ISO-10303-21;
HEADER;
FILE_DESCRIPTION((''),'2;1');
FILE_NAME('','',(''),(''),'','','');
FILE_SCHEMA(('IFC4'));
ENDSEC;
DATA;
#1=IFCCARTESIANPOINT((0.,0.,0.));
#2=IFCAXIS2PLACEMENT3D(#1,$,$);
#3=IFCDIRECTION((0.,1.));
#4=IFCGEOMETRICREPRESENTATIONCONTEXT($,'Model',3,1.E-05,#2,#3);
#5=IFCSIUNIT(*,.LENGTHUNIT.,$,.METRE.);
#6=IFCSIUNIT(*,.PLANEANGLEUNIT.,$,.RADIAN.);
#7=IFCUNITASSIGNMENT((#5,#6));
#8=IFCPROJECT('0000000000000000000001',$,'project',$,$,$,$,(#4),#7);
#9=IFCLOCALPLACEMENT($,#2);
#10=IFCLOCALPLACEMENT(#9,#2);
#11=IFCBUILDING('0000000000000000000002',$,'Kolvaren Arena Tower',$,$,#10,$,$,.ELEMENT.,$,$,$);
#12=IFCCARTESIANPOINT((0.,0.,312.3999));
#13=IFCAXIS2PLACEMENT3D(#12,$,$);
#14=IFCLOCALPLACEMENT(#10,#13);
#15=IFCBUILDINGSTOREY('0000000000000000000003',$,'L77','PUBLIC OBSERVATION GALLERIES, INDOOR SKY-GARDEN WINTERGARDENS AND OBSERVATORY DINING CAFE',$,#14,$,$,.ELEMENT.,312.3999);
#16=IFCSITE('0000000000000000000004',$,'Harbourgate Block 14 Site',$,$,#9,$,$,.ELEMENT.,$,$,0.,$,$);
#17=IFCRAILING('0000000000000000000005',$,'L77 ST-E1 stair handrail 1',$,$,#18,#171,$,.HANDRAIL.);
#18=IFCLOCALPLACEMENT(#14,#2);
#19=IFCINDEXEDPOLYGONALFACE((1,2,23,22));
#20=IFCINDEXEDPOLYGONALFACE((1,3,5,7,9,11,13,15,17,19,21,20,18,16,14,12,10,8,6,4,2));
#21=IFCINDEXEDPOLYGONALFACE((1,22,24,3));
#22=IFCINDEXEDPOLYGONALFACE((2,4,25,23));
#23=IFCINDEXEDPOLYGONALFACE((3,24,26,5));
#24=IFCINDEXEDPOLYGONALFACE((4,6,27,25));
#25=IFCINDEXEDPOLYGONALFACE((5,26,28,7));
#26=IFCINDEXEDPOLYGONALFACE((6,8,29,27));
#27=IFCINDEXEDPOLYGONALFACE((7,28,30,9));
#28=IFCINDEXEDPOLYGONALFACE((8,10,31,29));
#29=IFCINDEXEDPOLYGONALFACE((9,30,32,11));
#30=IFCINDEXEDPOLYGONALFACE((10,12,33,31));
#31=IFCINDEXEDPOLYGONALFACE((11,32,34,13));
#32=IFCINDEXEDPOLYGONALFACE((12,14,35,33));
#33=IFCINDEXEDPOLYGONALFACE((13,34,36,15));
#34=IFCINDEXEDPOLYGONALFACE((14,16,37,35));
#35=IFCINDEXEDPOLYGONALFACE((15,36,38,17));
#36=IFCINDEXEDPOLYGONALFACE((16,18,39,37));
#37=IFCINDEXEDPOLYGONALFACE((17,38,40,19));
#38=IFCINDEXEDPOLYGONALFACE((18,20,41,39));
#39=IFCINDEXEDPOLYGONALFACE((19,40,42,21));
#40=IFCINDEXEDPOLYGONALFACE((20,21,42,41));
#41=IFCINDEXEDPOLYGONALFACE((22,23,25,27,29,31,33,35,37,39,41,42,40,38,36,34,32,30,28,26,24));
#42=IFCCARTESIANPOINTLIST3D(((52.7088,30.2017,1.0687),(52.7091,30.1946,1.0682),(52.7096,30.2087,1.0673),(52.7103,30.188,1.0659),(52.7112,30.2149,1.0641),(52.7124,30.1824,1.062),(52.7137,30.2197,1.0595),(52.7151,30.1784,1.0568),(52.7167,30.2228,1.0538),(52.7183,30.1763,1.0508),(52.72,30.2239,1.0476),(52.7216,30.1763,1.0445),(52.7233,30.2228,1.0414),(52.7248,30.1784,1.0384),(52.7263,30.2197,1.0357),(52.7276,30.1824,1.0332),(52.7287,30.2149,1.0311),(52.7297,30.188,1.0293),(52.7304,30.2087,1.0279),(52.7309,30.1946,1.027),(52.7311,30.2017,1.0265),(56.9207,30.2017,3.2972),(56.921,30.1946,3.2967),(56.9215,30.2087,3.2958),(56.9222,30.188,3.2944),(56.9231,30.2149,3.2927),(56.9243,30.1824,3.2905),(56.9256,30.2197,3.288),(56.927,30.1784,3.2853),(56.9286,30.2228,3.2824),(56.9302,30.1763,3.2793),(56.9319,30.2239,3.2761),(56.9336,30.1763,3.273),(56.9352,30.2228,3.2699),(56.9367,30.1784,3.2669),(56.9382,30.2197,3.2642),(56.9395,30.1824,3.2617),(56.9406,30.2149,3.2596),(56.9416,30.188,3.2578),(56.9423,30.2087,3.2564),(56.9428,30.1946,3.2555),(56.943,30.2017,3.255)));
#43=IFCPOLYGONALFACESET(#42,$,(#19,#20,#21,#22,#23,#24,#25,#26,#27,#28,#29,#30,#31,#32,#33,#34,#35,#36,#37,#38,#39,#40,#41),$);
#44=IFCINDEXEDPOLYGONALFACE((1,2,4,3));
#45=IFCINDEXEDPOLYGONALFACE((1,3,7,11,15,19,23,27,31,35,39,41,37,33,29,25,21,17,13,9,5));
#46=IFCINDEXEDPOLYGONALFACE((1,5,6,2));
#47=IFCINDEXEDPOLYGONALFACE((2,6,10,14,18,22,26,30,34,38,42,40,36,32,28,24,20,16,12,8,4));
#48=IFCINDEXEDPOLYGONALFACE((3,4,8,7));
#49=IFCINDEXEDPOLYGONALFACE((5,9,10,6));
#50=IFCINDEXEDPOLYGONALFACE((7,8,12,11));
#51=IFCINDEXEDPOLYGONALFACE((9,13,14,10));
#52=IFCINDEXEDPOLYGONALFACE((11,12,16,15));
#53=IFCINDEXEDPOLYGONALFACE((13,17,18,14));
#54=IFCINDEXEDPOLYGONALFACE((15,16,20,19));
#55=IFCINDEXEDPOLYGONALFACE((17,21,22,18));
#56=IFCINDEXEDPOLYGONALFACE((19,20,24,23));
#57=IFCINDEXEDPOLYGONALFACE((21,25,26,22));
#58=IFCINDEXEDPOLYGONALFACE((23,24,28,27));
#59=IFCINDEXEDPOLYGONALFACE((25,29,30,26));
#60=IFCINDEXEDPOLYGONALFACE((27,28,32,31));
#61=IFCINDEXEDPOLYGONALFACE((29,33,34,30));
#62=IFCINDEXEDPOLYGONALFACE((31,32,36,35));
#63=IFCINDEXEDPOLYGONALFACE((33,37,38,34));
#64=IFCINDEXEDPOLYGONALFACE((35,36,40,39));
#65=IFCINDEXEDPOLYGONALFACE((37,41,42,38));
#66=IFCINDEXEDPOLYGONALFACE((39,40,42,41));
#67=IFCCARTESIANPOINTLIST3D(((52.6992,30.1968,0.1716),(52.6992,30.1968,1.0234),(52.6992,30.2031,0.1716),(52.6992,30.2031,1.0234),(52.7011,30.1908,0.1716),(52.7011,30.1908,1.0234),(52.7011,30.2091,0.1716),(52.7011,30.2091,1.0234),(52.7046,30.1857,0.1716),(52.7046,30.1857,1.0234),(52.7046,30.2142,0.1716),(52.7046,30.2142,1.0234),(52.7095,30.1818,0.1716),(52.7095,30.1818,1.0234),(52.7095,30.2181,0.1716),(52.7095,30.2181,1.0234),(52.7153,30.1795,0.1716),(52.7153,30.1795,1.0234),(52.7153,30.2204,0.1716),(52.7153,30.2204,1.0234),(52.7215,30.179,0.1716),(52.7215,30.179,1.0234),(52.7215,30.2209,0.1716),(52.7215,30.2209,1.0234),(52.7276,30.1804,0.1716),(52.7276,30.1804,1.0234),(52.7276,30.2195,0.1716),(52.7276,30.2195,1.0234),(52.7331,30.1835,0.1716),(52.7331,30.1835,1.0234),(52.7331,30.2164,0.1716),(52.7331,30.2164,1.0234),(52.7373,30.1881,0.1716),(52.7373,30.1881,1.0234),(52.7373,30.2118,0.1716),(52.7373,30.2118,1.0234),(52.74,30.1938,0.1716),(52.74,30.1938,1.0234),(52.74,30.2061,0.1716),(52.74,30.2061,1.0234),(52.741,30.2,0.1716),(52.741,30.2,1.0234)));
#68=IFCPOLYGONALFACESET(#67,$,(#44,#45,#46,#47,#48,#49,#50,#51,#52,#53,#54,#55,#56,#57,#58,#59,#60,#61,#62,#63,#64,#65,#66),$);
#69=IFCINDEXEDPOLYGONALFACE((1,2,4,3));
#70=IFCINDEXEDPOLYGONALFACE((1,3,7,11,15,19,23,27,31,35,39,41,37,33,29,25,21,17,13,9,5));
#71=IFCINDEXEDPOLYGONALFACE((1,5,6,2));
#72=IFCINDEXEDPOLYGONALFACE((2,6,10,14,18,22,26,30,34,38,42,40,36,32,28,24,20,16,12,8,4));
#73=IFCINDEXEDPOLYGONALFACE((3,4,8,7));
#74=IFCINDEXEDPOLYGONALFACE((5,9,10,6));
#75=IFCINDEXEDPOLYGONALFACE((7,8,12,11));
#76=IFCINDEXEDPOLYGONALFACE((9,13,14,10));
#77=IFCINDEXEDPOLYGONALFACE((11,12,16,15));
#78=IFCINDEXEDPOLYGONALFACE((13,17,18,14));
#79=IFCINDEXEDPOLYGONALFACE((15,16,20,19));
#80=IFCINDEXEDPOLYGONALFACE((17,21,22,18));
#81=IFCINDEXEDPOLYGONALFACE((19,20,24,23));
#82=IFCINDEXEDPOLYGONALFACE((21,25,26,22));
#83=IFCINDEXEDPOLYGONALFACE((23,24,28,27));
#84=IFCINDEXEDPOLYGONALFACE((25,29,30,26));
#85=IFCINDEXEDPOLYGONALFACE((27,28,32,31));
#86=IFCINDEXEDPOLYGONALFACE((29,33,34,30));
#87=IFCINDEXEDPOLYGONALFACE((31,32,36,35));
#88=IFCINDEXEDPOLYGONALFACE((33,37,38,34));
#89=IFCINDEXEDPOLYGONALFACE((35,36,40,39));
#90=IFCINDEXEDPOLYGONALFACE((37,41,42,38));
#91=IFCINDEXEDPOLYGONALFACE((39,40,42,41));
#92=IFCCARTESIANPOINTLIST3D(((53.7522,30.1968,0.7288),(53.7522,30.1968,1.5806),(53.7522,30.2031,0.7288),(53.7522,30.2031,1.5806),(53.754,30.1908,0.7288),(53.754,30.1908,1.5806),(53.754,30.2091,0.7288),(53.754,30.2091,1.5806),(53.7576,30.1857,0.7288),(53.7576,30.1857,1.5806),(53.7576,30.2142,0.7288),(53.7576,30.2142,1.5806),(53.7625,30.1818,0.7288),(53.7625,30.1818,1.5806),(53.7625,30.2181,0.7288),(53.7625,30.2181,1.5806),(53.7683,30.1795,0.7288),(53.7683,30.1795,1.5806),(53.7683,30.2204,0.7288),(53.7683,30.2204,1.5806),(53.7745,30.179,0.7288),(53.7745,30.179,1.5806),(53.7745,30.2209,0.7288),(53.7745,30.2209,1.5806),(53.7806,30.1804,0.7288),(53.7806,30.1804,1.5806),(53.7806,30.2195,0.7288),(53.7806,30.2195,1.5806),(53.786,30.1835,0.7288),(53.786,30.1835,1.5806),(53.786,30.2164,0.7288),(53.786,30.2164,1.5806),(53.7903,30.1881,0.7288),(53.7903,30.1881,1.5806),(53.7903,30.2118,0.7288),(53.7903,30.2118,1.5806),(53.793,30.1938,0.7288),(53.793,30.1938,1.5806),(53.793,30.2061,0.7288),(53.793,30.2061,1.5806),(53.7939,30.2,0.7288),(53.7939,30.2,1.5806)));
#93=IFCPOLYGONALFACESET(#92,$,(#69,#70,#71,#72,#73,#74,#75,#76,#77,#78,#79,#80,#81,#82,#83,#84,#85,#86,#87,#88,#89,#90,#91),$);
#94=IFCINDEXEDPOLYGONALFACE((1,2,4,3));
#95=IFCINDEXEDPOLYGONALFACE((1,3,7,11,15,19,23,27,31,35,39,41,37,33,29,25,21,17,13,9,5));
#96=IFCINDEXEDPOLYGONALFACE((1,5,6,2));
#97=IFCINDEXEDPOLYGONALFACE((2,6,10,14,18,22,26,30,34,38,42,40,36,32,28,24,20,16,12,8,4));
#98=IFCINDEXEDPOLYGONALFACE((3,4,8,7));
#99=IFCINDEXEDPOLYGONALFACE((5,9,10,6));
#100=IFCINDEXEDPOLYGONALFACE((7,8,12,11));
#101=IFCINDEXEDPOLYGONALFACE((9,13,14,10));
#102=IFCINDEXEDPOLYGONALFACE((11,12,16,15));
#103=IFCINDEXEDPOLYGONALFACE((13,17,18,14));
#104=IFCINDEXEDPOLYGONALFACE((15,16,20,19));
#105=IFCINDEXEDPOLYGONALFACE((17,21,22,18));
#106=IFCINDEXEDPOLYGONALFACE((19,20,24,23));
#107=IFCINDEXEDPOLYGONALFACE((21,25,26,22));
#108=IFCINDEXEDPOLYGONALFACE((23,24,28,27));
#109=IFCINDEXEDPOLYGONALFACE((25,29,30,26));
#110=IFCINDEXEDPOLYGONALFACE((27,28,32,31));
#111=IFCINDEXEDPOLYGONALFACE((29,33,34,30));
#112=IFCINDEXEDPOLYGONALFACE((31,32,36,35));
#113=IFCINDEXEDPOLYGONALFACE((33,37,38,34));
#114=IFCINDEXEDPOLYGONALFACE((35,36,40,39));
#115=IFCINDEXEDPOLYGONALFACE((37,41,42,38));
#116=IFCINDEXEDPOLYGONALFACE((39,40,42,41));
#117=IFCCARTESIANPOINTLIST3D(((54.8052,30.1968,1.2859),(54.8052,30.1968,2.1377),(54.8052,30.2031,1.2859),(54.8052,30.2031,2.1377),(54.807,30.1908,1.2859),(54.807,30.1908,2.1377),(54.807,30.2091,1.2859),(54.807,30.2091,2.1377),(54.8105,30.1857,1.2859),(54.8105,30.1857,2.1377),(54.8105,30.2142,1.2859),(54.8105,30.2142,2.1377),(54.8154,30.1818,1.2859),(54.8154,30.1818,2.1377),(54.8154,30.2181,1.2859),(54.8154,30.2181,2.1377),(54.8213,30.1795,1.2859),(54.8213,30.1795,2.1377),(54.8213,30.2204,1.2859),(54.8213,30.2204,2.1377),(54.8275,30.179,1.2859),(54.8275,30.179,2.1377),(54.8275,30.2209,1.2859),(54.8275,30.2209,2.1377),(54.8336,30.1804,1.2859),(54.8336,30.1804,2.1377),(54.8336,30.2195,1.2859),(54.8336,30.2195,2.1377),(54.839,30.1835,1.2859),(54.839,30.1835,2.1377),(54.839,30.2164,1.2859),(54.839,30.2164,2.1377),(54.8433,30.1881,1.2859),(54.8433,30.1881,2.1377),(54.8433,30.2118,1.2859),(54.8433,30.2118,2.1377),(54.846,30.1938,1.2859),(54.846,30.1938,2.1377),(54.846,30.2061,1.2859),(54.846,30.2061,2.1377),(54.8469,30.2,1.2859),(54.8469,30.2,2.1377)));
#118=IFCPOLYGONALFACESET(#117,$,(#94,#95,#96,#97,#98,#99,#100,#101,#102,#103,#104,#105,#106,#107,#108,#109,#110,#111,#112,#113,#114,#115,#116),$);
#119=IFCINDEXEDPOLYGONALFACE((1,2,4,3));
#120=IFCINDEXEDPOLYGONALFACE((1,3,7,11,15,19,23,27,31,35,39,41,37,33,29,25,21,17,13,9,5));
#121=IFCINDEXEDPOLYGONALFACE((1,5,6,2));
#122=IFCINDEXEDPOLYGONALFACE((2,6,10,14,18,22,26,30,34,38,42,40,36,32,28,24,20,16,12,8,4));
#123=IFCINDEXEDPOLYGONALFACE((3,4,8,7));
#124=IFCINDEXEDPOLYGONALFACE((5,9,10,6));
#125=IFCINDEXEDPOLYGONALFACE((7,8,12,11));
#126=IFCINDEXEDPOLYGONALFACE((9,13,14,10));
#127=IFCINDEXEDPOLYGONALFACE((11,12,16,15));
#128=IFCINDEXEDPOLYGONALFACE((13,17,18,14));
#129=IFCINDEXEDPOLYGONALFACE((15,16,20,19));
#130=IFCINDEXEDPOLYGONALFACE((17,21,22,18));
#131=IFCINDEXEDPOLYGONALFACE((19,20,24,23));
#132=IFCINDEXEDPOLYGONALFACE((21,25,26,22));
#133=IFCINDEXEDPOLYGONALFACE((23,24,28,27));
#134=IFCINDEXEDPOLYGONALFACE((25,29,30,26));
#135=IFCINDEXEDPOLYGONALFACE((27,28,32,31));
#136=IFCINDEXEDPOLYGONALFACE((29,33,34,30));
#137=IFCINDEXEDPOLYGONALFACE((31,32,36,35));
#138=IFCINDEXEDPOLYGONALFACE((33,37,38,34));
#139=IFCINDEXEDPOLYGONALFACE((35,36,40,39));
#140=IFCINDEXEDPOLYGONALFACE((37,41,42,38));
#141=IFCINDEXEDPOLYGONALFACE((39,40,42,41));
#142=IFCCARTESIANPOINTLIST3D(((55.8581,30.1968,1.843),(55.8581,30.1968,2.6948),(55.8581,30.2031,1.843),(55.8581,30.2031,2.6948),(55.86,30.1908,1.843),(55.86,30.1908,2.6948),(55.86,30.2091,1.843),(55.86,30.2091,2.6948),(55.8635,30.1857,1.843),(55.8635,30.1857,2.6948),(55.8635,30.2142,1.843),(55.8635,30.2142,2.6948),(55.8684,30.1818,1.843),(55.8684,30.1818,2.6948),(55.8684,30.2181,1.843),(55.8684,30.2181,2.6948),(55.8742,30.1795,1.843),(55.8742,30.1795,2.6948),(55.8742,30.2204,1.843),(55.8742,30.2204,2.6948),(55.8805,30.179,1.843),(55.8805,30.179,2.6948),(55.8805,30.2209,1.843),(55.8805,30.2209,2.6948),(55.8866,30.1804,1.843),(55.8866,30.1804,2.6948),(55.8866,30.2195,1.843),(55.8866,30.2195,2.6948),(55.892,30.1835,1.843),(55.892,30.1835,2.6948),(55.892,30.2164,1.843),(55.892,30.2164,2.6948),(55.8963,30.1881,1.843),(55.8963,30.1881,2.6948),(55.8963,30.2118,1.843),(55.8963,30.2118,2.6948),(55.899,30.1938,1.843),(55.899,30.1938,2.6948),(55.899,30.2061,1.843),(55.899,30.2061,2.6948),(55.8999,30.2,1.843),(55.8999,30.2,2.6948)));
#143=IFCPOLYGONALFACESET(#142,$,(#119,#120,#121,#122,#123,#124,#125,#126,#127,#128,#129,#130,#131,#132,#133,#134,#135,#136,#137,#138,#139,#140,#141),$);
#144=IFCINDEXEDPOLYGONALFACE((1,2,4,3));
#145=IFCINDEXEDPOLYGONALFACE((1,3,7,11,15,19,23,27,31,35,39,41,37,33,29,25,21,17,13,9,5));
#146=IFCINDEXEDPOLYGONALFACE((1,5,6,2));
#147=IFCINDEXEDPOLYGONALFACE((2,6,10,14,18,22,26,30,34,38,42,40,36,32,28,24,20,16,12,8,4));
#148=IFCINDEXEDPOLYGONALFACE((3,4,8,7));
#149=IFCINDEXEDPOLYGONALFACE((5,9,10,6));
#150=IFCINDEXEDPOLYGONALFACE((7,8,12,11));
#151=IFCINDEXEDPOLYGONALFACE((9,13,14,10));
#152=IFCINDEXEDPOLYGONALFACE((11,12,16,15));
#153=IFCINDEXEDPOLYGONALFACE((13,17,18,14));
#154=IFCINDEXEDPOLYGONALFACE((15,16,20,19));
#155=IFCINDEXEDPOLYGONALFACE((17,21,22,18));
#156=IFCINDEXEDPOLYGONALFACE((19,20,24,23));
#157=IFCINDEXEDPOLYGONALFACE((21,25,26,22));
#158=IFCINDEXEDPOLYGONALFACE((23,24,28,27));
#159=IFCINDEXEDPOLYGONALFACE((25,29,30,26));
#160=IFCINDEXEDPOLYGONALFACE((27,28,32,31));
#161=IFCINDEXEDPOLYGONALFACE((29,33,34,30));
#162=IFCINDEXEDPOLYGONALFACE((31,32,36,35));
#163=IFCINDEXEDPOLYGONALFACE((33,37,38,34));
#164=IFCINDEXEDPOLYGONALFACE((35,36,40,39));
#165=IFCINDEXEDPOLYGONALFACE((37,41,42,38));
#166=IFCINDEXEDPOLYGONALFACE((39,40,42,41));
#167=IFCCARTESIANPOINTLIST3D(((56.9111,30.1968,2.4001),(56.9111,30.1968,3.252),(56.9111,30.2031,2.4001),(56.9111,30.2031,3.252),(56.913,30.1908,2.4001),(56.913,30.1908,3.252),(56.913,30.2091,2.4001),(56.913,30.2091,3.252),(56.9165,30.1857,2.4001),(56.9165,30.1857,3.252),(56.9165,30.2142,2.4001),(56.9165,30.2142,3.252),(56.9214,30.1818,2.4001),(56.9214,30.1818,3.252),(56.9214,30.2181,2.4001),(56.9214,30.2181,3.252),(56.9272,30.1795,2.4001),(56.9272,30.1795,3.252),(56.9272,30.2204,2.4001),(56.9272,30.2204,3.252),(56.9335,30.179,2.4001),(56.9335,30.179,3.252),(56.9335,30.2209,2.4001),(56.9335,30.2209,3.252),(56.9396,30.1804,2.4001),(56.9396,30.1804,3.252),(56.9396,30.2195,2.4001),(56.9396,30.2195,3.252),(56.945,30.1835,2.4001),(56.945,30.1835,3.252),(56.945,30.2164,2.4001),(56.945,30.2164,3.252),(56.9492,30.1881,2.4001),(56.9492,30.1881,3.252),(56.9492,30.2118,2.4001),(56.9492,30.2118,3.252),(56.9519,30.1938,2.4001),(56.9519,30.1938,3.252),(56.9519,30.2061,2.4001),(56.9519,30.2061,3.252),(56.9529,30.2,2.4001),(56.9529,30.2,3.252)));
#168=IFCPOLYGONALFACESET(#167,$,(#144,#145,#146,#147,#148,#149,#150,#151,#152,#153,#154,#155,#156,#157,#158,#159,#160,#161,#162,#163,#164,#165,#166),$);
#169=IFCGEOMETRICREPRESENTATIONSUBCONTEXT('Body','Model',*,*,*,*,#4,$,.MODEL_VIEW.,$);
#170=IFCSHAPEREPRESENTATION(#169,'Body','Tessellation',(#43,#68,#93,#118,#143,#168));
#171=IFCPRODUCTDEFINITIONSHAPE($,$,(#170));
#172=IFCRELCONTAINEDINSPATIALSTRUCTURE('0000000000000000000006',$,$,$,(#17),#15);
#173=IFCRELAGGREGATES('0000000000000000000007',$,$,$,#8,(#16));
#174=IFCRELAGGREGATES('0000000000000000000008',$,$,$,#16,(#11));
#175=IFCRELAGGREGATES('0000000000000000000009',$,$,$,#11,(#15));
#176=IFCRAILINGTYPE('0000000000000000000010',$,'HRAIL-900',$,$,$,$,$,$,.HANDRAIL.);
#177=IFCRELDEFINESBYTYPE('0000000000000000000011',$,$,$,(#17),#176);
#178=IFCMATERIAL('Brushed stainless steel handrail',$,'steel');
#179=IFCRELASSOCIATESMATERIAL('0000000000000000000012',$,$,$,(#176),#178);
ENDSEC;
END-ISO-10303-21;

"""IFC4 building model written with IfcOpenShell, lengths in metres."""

from ifc_helpers import new_model, si_unit, direction, frame, origin, origin_2d, place, context, subcontext, project, spatial, circle, extrude, material, type_object, element, save


model = new_model("IFC4")

# Units and contexts
model_context = context("Model", 3, precision=1e-05, world=origin(), true_north=direction((0.0, 1.0)))
body_context = subcontext(model_context, "Body", "Model", "MODEL_VIEW")
ifc_project = project(units=[si_unit("LENGTHUNIT", "METRE"), si_unit("PLANEANGLEUNIT", "RADIAN")], contexts=[model_context])

# Site, building, storey
site_placement = place(None, origin())
site = spatial("IfcSite", under=ifc_project, at=site_placement, Name="Harbourgate Block 14 Site", CompositionType="ELEMENT", RefElevation=0.0)
building_placement = place(site_placement, origin())
building = spatial("IfcBuilding", under=site, at=building_placement, Name="Kolvaren Arena Tower", CompositionType="ELEMENT")
storey_placement = place(building_placement, frame((0.0, 0.0, 312.3999)))
storey = spatial("IfcBuildingStorey", under=building, at=storey_placement, Name="L77", Description="PUBLIC OBSERVATION GALLERIES, INDOOR SKY-GARDEN WINTERGARDENS AND OBSERVATORY DINING CAFE", CompositionType="ELEMENT", Elevation=312.3999)

# Railing
ifc_material_1 = material(Name="Brushed stainless steel handrail", Category="steel")
railing_type_1 = type_object("IfcRailingType", Name="HRAIL-900", PredefinedType="HANDRAIL", material=ifc_material_1)
railing_1_placement = place(storey_placement, frame((52.72, 30.2, 0.1716)))
element("IfcRailing", 1, at=railing_1_placement, inside=storey, type_object=railing_type_1, Name="L77 ST-E1 stair handrail 1", PredefinedType="HANDRAIL", context=body_context, shape_type="SweptSolid", body=[
    extrude(circle(Radius=0.0239, at=origin_2d()), frame((0.0, 0.0, 0.876), z_axis=(0.883903, 0.0, 0.467671), x_axis=(0.0, 1.0, 0.0)), (0.0, 0.0, 1.0), 4.7651),
    extrude(circle(Radius=0.021, at=origin_2d()), origin(), (0.0, 0.0, 1.0), 0.8518),
    extrude(circle(Radius=0.021, at=origin_2d()), frame((1.053, 0.0, 0.5571)), (0.0, 0.0, 1.0), 0.8518),
    extrude(circle(Radius=0.021, at=origin_2d()), frame((2.106, 0.0, 1.1143)), (0.0, 0.0, 1.0), 0.8518),
    extrude(circle(Radius=0.021, at=origin_2d()), frame((3.1589, 0.0, 1.6714)), (0.0, 0.0, 1.0), 0.8518),
    extrude(circle(Radius=0.021, at=origin_2d()), frame((4.2119, 0.0, 2.2285)), (0.0, 0.0, 1.0), 0.8518),
])

save(model, "model.ifc")
